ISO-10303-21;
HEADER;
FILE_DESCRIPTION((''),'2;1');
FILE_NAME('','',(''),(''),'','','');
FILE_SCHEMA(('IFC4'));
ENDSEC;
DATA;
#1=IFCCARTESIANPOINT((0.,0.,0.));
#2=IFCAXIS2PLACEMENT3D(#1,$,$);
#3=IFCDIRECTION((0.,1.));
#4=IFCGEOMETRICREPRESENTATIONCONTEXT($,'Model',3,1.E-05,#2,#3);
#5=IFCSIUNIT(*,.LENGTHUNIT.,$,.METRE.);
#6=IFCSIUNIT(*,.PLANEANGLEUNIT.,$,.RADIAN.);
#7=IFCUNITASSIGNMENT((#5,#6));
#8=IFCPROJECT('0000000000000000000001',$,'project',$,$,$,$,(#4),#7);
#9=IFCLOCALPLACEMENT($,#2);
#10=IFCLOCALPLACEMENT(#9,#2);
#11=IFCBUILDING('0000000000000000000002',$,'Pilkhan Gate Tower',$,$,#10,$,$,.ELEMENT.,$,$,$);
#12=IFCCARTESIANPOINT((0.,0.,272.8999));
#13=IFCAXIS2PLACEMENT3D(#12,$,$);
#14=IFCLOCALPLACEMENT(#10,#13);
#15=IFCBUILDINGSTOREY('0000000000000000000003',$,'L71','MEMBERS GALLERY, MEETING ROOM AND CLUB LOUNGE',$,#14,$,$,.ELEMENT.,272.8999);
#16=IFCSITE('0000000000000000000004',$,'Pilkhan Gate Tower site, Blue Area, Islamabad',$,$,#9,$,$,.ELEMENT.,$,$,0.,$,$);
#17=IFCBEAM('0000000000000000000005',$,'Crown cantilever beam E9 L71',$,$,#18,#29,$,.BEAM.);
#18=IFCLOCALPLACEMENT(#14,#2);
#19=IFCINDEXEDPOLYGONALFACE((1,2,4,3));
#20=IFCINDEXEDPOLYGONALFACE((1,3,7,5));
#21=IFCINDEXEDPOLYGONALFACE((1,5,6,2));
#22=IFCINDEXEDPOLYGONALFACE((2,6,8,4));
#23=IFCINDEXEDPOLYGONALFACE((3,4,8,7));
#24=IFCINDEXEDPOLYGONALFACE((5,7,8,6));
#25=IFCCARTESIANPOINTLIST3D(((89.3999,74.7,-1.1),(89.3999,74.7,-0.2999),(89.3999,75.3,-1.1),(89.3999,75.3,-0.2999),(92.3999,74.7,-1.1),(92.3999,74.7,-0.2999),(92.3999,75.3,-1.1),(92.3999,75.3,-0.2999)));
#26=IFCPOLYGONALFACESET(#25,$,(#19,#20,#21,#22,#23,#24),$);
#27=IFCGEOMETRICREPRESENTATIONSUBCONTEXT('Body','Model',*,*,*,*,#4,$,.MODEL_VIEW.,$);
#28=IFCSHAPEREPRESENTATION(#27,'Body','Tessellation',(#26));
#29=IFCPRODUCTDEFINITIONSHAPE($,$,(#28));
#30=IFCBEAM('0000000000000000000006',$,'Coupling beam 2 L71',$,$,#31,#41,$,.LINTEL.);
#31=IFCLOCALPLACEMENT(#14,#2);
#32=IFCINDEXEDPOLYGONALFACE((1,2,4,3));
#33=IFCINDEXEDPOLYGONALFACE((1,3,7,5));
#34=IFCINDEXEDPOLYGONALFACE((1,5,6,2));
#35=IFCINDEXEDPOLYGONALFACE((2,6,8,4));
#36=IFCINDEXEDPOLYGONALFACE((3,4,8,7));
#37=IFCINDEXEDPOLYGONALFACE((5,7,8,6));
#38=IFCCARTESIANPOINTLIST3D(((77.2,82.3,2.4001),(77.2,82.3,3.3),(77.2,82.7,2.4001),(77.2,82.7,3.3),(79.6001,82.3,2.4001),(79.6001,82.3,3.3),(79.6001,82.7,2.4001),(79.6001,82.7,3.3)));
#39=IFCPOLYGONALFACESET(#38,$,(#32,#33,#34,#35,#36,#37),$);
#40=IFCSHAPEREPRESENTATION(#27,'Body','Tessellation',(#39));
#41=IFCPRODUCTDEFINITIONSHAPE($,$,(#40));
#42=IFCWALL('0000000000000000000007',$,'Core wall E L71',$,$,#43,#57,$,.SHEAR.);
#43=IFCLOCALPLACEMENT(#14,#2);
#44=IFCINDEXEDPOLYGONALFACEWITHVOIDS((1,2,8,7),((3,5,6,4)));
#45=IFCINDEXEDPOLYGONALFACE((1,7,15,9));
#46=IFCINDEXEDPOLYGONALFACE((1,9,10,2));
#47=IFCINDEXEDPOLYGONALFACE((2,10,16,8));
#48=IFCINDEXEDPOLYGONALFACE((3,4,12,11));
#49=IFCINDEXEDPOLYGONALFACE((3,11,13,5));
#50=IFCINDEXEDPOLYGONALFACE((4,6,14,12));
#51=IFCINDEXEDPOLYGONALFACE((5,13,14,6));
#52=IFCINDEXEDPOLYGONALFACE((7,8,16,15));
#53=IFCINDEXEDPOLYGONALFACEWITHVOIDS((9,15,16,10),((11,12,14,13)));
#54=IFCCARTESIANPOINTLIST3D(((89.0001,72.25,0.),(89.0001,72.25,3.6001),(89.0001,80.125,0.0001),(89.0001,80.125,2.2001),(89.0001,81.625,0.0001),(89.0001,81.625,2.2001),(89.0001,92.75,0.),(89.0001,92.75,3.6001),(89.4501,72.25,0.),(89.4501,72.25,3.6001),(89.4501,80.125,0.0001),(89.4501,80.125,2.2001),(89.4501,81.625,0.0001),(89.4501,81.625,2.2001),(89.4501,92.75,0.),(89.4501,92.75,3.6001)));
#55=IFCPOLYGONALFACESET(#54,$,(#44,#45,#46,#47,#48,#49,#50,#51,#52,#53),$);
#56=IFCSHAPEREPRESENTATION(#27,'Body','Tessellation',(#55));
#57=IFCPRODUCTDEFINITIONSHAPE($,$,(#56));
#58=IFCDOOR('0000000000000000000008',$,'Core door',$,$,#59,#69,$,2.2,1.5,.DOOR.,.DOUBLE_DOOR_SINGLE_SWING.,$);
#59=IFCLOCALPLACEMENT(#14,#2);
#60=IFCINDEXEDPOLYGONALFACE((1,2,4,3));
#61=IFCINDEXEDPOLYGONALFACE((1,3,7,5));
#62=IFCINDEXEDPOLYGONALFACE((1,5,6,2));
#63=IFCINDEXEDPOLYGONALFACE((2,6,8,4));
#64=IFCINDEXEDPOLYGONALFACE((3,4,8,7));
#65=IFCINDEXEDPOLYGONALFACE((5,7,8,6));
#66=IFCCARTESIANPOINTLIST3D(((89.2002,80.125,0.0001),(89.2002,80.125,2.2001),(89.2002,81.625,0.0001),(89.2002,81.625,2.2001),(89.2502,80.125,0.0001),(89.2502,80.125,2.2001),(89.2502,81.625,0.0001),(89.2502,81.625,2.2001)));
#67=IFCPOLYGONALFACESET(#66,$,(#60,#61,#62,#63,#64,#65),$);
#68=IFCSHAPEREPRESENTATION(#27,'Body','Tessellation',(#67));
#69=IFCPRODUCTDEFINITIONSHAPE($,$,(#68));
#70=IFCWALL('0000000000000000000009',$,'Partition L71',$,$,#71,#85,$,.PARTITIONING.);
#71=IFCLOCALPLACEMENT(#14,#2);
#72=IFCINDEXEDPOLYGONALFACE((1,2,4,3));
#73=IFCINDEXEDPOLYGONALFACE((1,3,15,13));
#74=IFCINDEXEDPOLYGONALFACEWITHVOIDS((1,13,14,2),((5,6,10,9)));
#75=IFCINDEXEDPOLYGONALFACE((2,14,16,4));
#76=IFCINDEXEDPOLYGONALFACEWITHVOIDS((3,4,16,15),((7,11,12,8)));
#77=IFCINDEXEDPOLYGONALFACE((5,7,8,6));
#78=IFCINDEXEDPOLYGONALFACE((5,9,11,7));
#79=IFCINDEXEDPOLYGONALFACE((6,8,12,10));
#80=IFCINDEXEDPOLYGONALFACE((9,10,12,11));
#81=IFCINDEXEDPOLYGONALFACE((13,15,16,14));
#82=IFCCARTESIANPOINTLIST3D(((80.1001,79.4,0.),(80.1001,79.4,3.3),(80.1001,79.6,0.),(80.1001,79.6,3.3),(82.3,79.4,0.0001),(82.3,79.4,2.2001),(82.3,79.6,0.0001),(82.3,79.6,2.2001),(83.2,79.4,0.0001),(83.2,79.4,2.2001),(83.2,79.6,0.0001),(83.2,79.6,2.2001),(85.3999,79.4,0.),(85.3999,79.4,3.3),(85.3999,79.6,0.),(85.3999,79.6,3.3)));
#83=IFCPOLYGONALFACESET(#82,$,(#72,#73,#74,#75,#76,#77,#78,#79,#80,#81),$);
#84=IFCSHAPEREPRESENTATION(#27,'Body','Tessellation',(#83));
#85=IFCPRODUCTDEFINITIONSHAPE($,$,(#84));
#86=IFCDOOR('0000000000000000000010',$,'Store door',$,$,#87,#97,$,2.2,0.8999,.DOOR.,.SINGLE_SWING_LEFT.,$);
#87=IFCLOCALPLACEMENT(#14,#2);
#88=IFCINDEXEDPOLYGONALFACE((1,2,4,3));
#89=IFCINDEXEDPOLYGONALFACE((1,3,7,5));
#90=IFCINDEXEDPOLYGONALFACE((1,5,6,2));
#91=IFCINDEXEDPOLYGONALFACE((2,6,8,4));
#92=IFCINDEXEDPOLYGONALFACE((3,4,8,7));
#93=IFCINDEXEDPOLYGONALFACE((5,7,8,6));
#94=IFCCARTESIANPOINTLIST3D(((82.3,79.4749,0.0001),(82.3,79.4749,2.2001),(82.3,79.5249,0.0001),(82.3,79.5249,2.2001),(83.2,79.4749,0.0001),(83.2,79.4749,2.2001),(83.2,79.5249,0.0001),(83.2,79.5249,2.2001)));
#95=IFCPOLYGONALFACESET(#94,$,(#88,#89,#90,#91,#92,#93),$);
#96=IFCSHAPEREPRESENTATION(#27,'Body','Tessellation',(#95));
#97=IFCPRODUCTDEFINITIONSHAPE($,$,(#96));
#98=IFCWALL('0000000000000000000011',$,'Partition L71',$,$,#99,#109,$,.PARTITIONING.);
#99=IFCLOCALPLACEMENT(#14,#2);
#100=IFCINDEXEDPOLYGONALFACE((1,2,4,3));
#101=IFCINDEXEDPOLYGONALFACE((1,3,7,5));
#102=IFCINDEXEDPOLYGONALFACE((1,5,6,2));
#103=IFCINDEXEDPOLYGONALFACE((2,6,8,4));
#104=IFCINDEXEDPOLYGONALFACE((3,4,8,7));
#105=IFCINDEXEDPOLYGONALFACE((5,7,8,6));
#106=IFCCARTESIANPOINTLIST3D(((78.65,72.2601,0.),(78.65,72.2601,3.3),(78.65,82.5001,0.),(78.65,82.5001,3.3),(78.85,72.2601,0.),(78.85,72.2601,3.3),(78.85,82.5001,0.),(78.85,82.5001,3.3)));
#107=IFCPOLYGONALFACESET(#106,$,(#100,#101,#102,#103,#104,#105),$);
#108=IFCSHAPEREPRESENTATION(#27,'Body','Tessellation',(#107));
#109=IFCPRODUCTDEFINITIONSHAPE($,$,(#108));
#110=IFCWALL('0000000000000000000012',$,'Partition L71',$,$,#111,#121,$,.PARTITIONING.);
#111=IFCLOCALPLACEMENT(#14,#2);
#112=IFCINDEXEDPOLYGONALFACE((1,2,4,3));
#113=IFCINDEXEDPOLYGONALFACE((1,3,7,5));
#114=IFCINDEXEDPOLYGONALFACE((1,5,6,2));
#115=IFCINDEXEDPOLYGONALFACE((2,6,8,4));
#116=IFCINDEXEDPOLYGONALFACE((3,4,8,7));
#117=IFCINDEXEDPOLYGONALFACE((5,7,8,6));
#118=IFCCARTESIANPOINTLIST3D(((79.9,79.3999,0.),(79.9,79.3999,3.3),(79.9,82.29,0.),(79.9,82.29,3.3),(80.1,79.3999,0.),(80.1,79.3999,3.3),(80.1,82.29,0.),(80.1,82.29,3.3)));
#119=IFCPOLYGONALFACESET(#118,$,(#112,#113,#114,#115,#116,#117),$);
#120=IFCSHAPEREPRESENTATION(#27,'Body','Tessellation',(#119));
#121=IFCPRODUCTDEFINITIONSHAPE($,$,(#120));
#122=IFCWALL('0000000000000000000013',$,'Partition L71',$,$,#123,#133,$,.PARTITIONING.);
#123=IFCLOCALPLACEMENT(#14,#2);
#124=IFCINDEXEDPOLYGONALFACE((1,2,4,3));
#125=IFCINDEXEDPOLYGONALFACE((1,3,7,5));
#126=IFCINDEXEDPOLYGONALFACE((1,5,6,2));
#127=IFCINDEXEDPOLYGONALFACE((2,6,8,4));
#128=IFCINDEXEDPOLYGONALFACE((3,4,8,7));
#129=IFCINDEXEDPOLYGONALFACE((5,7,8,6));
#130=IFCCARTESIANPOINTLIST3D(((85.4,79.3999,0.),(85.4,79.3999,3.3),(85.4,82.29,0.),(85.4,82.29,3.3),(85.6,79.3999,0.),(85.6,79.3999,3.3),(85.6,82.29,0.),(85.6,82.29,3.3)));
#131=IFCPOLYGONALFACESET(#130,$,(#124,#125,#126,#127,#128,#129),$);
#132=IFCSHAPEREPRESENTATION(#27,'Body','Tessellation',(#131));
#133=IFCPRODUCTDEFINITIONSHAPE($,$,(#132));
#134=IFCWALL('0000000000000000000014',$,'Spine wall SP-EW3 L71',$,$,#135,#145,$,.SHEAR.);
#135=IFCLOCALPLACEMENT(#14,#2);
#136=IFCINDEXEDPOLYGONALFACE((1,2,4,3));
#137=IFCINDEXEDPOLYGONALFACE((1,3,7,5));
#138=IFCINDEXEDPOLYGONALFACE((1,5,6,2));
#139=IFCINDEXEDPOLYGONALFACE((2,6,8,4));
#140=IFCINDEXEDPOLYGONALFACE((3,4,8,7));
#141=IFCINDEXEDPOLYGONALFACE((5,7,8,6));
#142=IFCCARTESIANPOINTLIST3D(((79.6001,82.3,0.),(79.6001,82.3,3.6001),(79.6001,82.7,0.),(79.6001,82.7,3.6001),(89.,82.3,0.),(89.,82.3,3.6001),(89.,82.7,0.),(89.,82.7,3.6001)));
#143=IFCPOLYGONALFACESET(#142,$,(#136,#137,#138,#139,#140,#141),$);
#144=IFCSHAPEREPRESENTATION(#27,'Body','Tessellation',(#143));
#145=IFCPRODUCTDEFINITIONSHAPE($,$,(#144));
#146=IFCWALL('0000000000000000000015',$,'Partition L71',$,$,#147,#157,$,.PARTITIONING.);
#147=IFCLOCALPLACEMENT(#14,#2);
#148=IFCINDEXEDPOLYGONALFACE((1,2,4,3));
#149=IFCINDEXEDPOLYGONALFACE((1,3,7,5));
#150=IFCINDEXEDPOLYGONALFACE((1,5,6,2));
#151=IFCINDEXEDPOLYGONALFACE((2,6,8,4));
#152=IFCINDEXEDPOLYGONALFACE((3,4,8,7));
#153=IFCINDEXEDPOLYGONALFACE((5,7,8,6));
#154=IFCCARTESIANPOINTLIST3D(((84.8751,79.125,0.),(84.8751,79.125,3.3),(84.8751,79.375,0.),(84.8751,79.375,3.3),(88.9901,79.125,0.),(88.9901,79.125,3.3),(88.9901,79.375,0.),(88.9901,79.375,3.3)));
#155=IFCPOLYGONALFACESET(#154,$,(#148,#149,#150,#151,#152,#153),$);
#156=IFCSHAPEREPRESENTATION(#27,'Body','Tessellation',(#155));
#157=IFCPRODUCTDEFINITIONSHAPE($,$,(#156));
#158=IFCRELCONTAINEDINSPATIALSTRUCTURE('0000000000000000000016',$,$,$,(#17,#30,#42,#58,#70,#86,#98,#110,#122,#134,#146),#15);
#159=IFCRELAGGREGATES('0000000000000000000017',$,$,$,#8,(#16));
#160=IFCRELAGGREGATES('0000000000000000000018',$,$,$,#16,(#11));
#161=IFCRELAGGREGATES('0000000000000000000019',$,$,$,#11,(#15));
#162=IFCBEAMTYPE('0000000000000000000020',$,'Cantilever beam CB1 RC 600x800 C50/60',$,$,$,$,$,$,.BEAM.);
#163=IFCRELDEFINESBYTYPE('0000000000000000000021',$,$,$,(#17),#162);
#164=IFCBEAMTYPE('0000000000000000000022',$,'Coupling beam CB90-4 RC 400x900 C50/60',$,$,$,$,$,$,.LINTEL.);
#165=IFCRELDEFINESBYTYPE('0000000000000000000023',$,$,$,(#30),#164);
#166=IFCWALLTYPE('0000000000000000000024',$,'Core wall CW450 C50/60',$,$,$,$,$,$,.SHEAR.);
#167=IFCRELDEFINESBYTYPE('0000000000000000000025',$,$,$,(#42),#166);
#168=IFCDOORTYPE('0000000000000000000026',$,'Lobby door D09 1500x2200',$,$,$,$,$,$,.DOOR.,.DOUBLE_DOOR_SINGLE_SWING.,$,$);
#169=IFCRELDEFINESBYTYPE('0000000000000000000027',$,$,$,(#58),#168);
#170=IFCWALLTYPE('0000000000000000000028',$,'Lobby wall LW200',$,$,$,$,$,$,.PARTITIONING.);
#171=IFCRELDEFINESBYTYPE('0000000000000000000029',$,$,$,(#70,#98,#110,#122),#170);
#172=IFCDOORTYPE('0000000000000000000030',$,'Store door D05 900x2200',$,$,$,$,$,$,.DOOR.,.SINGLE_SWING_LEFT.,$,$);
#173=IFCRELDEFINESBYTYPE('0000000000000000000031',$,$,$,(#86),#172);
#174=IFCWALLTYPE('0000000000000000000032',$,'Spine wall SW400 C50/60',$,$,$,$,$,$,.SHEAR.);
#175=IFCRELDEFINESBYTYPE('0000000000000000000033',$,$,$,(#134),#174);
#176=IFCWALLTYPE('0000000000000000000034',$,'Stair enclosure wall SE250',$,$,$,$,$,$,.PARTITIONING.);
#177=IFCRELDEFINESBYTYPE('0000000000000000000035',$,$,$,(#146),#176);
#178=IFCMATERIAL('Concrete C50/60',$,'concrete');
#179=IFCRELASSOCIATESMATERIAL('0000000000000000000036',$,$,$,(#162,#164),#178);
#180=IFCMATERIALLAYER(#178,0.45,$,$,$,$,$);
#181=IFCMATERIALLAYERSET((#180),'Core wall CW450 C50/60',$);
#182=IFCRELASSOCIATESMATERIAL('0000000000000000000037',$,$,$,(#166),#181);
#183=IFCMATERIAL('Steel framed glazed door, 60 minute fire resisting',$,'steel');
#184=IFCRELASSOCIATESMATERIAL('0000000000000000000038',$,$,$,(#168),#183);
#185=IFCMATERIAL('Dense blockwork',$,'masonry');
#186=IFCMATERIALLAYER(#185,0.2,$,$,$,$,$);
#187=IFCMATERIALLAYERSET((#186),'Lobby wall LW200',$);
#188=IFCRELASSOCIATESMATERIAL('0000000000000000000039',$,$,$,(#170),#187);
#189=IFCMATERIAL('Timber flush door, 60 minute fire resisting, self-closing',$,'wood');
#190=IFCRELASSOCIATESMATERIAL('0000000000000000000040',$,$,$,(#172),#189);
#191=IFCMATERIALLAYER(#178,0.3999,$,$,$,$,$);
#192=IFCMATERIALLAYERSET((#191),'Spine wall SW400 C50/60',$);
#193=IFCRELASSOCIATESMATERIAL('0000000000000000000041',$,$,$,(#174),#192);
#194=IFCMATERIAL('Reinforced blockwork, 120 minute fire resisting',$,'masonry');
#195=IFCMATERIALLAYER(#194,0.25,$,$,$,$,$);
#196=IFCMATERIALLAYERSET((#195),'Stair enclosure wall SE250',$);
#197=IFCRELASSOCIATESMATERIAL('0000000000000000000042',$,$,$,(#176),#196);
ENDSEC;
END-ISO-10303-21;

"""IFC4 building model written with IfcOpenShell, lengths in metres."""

from ifc_helpers import new_model, si_unit, direction, frame, frame_2d, origin, origin_2d, place, context, subcontext, project, spatial, rectangle, extrude, material, layer, layer_set, material_profile, profile_set, type_object, element, fill, save


model = new_model("IFC4")

# Units and contexts
model_context = context("Model", 3, precision=1e-05, world=origin(), true_north=direction((0.0, 1.0)))
body_context = subcontext(model_context, "Body", "Model", "MODEL_VIEW")
ifc_project = project(units=[si_unit("LENGTHUNIT", "METRE"), si_unit("PLANEANGLEUNIT", "RADIAN")], contexts=[model_context])

# Site, building, storey
site_placement = place(None, origin())
site = spatial("IfcSite", under=ifc_project, at=site_placement, Name="Pilkhan Gate Tower site, Blue Area, Islamabad", CompositionType="ELEMENT", RefElevation=0.0)
building_placement = place(site_placement, origin())
building = spatial("IfcBuilding", under=site, at=building_placement, Name="Pilkhan Gate Tower", CompositionType="ELEMENT")
storey_placement = place(building_placement, frame((0.0, 0.0, 272.8999)))
storey = spatial("IfcBuildingStorey", under=building, at=storey_placement, Name="L71", Description="MEMBERS GALLERY, MEETING ROOM AND CLUB LOUNGE", CompositionType="ELEMENT", Elevation=272.8999)

# Beams
ifc_material_1 = material(Name="Concrete C50/60", Category="concrete")
ifc_material_profile_1 = material_profile(ifc_material_1, rectangle(XDim=0.6001, YDim=0.8, at=origin_2d()), Name="RC 600x800")
ifc_profile_set_1 = profile_set([ifc_material_profile_1], Name="Concrete C50/60")
beam_type_1 = type_object("IfcBeamType", Name="Cantilever beam CB1 RC 600x800 C50/60", PredefinedType="BEAM", material=ifc_profile_set_1)
beam_1_placement = place(storey_placement, frame((89.3999, 75.0, -0.7), z_axis=(1.0, 0.0, 0.0), x_axis=(0.0, 1.0, 0.0)))
element("IfcBeam", 1, at=beam_1_placement, inside=storey, type_object=beam_type_1, Name="Crown cantilever beam E9 L71", PredefinedType="BEAM", context=body_context, shape_type="SweptSolid", body=[
    extrude(rectangle(XDim=0.6001, YDim=0.8, at=origin_2d()), origin(), (0.0, 0.0, 1.0), 3.0),
])
ifc_material_profile_2 = material_profile(ifc_material_1, rectangle(XDim=0.3999, YDim=0.8999, at=origin_2d()), Name="RC 400x900")
ifc_profile_set_2 = profile_set([ifc_material_profile_2], Name="Concrete C50/60")
beam_type_2 = type_object("IfcBeamType", Name="Coupling beam CB90-4 RC 400x900 C50/60", PredefinedType="LINTEL", material=ifc_profile_set_2)
beam_2_placement = place(storey_placement, frame((77.2, 82.5, 2.8501), z_axis=(1.0, 0.0, 0.0), x_axis=(0.0, 1.0, 0.0)))
element("IfcBeam", 2, at=beam_2_placement, inside=storey, type_object=beam_type_2, Name="Coupling beam 2 L71", PredefinedType="LINTEL", context=body_context, shape_type="SweptSolid", body=[
    extrude(rectangle(XDim=0.3999, YDim=0.8999, at=origin_2d()), origin(), (0.0, 0.0, 1.0), 2.4001),
])

# Walls, openings, doors
ifc_layer_1 = layer(ifc_material_1, 0.45)
ifc_layer_set_1 = layer_set([ifc_layer_1], Name="Core wall CW450 C50/60")
wall_type_1 = type_object("IfcWallType", Name="Core wall CW450 C50/60", PredefinedType="SHEAR", material=ifc_layer_set_1)
wall_1_placement = place(storey_placement, frame((89.2251, 72.25, 0.0), z_axis=(0.0, 0.0, 1.0), x_axis=(0.0, 1.0, 0.0)))
wall_1 = element("IfcWall", 3, at=wall_1_placement, inside=storey, type_object=wall_type_1, Name="Core wall E L71", PredefinedType="SHEAR", context=body_context, shape_type="SweptSolid", body=[
    extrude(rectangle(XDim=20.5, YDim=0.45, at=frame_2d((10.25, 0.0))), origin(), (0.0, 0.0, 1.0), 3.6001),
])
opening_1_placement = place(wall_1_placement, frame((7.875, 0.0, 0.0)))
opening_1 = element("IfcOpeningElement", 4, at=opening_1_placement, cuts=wall_1, PredefinedType="OPENING", context=body_context, shape_type="SweptSolid", body=[
    extrude(rectangle(XDim=1.5, YDim=2.2, at=frame_2d((0.75, 1.1001))), frame((0.0, 0.2349, 0.0), z_axis=(0.0, -1.0, 0.0), x_axis=(1.0, 0.0, 0.0)), (0.0, 0.0, 1.0), 0.47),
])
ifc_material_2 = material(Name="Steel framed glazed door, 60 minute fire resisting", Category="steel")
door_type_1 = type_object("IfcDoorType", Name="Lobby door D09 1500x2200", OperationType="DOUBLE_DOOR_SINGLE_SWING", PredefinedType="DOOR", material=ifc_material_2)
door_1_placement = place(opening_1_placement, origin())
door_1 = element("IfcDoor", 5, at=door_1_placement, inside=storey, type_object=door_type_1, Name="Core door", OperationType="DOUBLE_DOOR_SINGLE_SWING", OverallHeight=2.2, OverallWidth=1.5, PredefinedType="DOOR", context=body_context, shape_type="SweptSolid", body=[
    extrude(rectangle(XDim=1.5, YDim=2.2, at=frame_2d((0.75, 1.1001))), frame((0.0, 0.0249, 0.0), z_axis=(0.0, -1.0, 0.0), x_axis=(1.0, 0.0, 0.0)), (0.0, 0.0, 1.0), 0.05),
])
fill(opening_1, door_1)
ifc_material_3 = material(Name="Dense blockwork", Category="masonry")
ifc_layer_2 = layer(ifc_material_3, 0.2)
ifc_layer_set_2 = layer_set([ifc_layer_2], Name="Lobby wall LW200")
wall_type_2 = type_object("IfcWallType", Name="Lobby wall LW200", PredefinedType="PARTITIONING", material=ifc_layer_set_2)
wall_2_placement = place(storey_placement, frame((80.1001, 79.5, 0.0), z_axis=(0.0, 0.0, 1.0), x_axis=(1.0, 0.0, 0.0)))
wall_2 = element("IfcWall", 6, at=wall_2_placement, inside=storey, type_object=wall_type_2, Name="Partition L71", PredefinedType="PARTITIONING", context=body_context, shape_type="SweptSolid", body=[
    extrude(rectangle(XDim=5.2998, YDim=0.2, at=frame_2d((2.6499, 0.0))), origin(), (0.0, 0.0, 1.0), 3.3),
])
opening_2_placement = place(wall_2_placement, frame((2.2, 0.0, 0.0)))
opening_2 = element("IfcOpeningElement", 7, at=opening_2_placement, cuts=wall_2, PredefinedType="OPENING", context=body_context, shape_type="SweptSolid", body=[
    extrude(rectangle(XDim=0.8999, YDim=2.2, at=frame_2d((0.45, 1.1001))), frame((0.0, 0.1099, 0.0), z_axis=(0.0, -1.0, 0.0), x_axis=(1.0, 0.0, 0.0)), (0.0, 0.0, 1.0), 0.22),
])
ifc_material_4 = material(Name="Timber flush door, 60 minute fire resisting, self-closing", Category="wood")
door_type_2 = type_object("IfcDoorType", Name="Store door D05 900x2200", OperationType="SINGLE_SWING_LEFT", PredefinedType="DOOR", material=ifc_material_4)
door_2_placement = place(opening_2_placement, origin())
door_2 = element("IfcDoor", 8, at=door_2_placement, inside=storey, type_object=door_type_2, Name="Store door", OperationType="SINGLE_SWING_LEFT", OverallHeight=2.2, OverallWidth=0.8999, PredefinedType="DOOR", context=body_context, shape_type="SweptSolid", body=[
    extrude(rectangle(XDim=0.8999, YDim=2.2, at=frame_2d((0.45, 1.1001))), frame((0.0, 0.0249, 0.0), z_axis=(0.0, -1.0, 0.0), x_axis=(1.0, 0.0, 0.0)), (0.0, 0.0, 1.0), 0.05),
])
fill(opening_2, door_2)

# Walls
wall_3_placement = place(storey_placement, frame((78.75, 72.26, 0.0), z_axis=(0.0, 0.0, 1.0), x_axis=(0.0, 1.0, 0.0)))
element("IfcWall", 9, at=wall_3_placement, inside=storey, type_object=wall_type_2, Name="Partition L71", PredefinedType="PARTITIONING", context=body_context, shape_type="SweptSolid", body=[
    extrude(rectangle(XDim=10.24, YDim=0.2, at=frame_2d((5.1201, 0.0))), origin(), (0.0, 0.0, 1.0), 3.3),
])
for number, where, z_axis, x_axis, name in (
    (10, (80.0, 79.3999, 0.0), (0.0, 0.0, 1.0), (0.0, 1.0, 0.0), "Partition L71"),
    (11, (85.5, 79.3999, 0.0), (0.0, 0.0, 1.0), (0.0, 1.0, 0.0), "Partition L71"),
):
    element("IfcWall", number, at=place(storey_placement, frame(where, z_axis=z_axis, x_axis=x_axis)), inside=storey, type_object=wall_type_2, Name=name, PredefinedType="PARTITIONING", context=body_context, shape_type="SweptSolid", body=[
        extrude(rectangle(XDim=2.8901, YDim=0.2, at=frame_2d((1.4451, 0.0))), origin(), (0.0, 0.0, 1.0), 3.3),
    ])
ifc_layer_3 = layer(ifc_material_1, 0.3999)
ifc_layer_set_3 = layer_set([ifc_layer_3], Name="Spine wall SW400 C50/60")
wall_type_3 = type_object("IfcWallType", Name="Spine wall SW400 C50/60", PredefinedType="SHEAR", material=ifc_layer_set_3)
wall_4_placement = place(storey_placement, frame((79.6001, 82.5, 0.0), z_axis=(0.0, 0.0, 1.0), x_axis=(1.0, 0.0, 0.0)))
element("IfcWall", 12, at=wall_4_placement, inside=storey, type_object=wall_type_3, Name="Spine wall SP-EW3 L71", PredefinedType="SHEAR", context=body_context, shape_type="SweptSolid", body=[
    extrude(rectangle(XDim=9.3999, YDim=0.3999, at=frame_2d((4.7, 0.0))), origin(), (0.0, 0.0, 1.0), 3.6001),
])
ifc_material_5 = material(Name="Reinforced blockwork, 120 minute fire resisting", Category="masonry")
ifc_layer_4 = layer(ifc_material_5, 0.25)
ifc_layer_set_4 = layer_set([ifc_layer_4], Name="Stair enclosure wall SE250")
wall_type_4 = type_object("IfcWallType", Name="Stair enclosure wall SE250", PredefinedType="PARTITIONING", material=ifc_layer_set_4)
wall_5_placement = place(storey_placement, frame((84.875, 79.25, 0.0), z_axis=(0.0, 0.0, 1.0), x_axis=(1.0, 0.0, 0.0)))
element("IfcWall", 13, at=wall_5_placement, inside=storey, type_object=wall_type_4, Name="Partition L71", PredefinedType="PARTITIONING", context=body_context, shape_type="SweptSolid", body=[
    extrude(rectangle(XDim=4.115, YDim=0.25, at=frame_2d((2.0576, 0.0))), origin(), (0.0, 0.0, 1.0), 3.3),
])

save(model, "model.ifc")
